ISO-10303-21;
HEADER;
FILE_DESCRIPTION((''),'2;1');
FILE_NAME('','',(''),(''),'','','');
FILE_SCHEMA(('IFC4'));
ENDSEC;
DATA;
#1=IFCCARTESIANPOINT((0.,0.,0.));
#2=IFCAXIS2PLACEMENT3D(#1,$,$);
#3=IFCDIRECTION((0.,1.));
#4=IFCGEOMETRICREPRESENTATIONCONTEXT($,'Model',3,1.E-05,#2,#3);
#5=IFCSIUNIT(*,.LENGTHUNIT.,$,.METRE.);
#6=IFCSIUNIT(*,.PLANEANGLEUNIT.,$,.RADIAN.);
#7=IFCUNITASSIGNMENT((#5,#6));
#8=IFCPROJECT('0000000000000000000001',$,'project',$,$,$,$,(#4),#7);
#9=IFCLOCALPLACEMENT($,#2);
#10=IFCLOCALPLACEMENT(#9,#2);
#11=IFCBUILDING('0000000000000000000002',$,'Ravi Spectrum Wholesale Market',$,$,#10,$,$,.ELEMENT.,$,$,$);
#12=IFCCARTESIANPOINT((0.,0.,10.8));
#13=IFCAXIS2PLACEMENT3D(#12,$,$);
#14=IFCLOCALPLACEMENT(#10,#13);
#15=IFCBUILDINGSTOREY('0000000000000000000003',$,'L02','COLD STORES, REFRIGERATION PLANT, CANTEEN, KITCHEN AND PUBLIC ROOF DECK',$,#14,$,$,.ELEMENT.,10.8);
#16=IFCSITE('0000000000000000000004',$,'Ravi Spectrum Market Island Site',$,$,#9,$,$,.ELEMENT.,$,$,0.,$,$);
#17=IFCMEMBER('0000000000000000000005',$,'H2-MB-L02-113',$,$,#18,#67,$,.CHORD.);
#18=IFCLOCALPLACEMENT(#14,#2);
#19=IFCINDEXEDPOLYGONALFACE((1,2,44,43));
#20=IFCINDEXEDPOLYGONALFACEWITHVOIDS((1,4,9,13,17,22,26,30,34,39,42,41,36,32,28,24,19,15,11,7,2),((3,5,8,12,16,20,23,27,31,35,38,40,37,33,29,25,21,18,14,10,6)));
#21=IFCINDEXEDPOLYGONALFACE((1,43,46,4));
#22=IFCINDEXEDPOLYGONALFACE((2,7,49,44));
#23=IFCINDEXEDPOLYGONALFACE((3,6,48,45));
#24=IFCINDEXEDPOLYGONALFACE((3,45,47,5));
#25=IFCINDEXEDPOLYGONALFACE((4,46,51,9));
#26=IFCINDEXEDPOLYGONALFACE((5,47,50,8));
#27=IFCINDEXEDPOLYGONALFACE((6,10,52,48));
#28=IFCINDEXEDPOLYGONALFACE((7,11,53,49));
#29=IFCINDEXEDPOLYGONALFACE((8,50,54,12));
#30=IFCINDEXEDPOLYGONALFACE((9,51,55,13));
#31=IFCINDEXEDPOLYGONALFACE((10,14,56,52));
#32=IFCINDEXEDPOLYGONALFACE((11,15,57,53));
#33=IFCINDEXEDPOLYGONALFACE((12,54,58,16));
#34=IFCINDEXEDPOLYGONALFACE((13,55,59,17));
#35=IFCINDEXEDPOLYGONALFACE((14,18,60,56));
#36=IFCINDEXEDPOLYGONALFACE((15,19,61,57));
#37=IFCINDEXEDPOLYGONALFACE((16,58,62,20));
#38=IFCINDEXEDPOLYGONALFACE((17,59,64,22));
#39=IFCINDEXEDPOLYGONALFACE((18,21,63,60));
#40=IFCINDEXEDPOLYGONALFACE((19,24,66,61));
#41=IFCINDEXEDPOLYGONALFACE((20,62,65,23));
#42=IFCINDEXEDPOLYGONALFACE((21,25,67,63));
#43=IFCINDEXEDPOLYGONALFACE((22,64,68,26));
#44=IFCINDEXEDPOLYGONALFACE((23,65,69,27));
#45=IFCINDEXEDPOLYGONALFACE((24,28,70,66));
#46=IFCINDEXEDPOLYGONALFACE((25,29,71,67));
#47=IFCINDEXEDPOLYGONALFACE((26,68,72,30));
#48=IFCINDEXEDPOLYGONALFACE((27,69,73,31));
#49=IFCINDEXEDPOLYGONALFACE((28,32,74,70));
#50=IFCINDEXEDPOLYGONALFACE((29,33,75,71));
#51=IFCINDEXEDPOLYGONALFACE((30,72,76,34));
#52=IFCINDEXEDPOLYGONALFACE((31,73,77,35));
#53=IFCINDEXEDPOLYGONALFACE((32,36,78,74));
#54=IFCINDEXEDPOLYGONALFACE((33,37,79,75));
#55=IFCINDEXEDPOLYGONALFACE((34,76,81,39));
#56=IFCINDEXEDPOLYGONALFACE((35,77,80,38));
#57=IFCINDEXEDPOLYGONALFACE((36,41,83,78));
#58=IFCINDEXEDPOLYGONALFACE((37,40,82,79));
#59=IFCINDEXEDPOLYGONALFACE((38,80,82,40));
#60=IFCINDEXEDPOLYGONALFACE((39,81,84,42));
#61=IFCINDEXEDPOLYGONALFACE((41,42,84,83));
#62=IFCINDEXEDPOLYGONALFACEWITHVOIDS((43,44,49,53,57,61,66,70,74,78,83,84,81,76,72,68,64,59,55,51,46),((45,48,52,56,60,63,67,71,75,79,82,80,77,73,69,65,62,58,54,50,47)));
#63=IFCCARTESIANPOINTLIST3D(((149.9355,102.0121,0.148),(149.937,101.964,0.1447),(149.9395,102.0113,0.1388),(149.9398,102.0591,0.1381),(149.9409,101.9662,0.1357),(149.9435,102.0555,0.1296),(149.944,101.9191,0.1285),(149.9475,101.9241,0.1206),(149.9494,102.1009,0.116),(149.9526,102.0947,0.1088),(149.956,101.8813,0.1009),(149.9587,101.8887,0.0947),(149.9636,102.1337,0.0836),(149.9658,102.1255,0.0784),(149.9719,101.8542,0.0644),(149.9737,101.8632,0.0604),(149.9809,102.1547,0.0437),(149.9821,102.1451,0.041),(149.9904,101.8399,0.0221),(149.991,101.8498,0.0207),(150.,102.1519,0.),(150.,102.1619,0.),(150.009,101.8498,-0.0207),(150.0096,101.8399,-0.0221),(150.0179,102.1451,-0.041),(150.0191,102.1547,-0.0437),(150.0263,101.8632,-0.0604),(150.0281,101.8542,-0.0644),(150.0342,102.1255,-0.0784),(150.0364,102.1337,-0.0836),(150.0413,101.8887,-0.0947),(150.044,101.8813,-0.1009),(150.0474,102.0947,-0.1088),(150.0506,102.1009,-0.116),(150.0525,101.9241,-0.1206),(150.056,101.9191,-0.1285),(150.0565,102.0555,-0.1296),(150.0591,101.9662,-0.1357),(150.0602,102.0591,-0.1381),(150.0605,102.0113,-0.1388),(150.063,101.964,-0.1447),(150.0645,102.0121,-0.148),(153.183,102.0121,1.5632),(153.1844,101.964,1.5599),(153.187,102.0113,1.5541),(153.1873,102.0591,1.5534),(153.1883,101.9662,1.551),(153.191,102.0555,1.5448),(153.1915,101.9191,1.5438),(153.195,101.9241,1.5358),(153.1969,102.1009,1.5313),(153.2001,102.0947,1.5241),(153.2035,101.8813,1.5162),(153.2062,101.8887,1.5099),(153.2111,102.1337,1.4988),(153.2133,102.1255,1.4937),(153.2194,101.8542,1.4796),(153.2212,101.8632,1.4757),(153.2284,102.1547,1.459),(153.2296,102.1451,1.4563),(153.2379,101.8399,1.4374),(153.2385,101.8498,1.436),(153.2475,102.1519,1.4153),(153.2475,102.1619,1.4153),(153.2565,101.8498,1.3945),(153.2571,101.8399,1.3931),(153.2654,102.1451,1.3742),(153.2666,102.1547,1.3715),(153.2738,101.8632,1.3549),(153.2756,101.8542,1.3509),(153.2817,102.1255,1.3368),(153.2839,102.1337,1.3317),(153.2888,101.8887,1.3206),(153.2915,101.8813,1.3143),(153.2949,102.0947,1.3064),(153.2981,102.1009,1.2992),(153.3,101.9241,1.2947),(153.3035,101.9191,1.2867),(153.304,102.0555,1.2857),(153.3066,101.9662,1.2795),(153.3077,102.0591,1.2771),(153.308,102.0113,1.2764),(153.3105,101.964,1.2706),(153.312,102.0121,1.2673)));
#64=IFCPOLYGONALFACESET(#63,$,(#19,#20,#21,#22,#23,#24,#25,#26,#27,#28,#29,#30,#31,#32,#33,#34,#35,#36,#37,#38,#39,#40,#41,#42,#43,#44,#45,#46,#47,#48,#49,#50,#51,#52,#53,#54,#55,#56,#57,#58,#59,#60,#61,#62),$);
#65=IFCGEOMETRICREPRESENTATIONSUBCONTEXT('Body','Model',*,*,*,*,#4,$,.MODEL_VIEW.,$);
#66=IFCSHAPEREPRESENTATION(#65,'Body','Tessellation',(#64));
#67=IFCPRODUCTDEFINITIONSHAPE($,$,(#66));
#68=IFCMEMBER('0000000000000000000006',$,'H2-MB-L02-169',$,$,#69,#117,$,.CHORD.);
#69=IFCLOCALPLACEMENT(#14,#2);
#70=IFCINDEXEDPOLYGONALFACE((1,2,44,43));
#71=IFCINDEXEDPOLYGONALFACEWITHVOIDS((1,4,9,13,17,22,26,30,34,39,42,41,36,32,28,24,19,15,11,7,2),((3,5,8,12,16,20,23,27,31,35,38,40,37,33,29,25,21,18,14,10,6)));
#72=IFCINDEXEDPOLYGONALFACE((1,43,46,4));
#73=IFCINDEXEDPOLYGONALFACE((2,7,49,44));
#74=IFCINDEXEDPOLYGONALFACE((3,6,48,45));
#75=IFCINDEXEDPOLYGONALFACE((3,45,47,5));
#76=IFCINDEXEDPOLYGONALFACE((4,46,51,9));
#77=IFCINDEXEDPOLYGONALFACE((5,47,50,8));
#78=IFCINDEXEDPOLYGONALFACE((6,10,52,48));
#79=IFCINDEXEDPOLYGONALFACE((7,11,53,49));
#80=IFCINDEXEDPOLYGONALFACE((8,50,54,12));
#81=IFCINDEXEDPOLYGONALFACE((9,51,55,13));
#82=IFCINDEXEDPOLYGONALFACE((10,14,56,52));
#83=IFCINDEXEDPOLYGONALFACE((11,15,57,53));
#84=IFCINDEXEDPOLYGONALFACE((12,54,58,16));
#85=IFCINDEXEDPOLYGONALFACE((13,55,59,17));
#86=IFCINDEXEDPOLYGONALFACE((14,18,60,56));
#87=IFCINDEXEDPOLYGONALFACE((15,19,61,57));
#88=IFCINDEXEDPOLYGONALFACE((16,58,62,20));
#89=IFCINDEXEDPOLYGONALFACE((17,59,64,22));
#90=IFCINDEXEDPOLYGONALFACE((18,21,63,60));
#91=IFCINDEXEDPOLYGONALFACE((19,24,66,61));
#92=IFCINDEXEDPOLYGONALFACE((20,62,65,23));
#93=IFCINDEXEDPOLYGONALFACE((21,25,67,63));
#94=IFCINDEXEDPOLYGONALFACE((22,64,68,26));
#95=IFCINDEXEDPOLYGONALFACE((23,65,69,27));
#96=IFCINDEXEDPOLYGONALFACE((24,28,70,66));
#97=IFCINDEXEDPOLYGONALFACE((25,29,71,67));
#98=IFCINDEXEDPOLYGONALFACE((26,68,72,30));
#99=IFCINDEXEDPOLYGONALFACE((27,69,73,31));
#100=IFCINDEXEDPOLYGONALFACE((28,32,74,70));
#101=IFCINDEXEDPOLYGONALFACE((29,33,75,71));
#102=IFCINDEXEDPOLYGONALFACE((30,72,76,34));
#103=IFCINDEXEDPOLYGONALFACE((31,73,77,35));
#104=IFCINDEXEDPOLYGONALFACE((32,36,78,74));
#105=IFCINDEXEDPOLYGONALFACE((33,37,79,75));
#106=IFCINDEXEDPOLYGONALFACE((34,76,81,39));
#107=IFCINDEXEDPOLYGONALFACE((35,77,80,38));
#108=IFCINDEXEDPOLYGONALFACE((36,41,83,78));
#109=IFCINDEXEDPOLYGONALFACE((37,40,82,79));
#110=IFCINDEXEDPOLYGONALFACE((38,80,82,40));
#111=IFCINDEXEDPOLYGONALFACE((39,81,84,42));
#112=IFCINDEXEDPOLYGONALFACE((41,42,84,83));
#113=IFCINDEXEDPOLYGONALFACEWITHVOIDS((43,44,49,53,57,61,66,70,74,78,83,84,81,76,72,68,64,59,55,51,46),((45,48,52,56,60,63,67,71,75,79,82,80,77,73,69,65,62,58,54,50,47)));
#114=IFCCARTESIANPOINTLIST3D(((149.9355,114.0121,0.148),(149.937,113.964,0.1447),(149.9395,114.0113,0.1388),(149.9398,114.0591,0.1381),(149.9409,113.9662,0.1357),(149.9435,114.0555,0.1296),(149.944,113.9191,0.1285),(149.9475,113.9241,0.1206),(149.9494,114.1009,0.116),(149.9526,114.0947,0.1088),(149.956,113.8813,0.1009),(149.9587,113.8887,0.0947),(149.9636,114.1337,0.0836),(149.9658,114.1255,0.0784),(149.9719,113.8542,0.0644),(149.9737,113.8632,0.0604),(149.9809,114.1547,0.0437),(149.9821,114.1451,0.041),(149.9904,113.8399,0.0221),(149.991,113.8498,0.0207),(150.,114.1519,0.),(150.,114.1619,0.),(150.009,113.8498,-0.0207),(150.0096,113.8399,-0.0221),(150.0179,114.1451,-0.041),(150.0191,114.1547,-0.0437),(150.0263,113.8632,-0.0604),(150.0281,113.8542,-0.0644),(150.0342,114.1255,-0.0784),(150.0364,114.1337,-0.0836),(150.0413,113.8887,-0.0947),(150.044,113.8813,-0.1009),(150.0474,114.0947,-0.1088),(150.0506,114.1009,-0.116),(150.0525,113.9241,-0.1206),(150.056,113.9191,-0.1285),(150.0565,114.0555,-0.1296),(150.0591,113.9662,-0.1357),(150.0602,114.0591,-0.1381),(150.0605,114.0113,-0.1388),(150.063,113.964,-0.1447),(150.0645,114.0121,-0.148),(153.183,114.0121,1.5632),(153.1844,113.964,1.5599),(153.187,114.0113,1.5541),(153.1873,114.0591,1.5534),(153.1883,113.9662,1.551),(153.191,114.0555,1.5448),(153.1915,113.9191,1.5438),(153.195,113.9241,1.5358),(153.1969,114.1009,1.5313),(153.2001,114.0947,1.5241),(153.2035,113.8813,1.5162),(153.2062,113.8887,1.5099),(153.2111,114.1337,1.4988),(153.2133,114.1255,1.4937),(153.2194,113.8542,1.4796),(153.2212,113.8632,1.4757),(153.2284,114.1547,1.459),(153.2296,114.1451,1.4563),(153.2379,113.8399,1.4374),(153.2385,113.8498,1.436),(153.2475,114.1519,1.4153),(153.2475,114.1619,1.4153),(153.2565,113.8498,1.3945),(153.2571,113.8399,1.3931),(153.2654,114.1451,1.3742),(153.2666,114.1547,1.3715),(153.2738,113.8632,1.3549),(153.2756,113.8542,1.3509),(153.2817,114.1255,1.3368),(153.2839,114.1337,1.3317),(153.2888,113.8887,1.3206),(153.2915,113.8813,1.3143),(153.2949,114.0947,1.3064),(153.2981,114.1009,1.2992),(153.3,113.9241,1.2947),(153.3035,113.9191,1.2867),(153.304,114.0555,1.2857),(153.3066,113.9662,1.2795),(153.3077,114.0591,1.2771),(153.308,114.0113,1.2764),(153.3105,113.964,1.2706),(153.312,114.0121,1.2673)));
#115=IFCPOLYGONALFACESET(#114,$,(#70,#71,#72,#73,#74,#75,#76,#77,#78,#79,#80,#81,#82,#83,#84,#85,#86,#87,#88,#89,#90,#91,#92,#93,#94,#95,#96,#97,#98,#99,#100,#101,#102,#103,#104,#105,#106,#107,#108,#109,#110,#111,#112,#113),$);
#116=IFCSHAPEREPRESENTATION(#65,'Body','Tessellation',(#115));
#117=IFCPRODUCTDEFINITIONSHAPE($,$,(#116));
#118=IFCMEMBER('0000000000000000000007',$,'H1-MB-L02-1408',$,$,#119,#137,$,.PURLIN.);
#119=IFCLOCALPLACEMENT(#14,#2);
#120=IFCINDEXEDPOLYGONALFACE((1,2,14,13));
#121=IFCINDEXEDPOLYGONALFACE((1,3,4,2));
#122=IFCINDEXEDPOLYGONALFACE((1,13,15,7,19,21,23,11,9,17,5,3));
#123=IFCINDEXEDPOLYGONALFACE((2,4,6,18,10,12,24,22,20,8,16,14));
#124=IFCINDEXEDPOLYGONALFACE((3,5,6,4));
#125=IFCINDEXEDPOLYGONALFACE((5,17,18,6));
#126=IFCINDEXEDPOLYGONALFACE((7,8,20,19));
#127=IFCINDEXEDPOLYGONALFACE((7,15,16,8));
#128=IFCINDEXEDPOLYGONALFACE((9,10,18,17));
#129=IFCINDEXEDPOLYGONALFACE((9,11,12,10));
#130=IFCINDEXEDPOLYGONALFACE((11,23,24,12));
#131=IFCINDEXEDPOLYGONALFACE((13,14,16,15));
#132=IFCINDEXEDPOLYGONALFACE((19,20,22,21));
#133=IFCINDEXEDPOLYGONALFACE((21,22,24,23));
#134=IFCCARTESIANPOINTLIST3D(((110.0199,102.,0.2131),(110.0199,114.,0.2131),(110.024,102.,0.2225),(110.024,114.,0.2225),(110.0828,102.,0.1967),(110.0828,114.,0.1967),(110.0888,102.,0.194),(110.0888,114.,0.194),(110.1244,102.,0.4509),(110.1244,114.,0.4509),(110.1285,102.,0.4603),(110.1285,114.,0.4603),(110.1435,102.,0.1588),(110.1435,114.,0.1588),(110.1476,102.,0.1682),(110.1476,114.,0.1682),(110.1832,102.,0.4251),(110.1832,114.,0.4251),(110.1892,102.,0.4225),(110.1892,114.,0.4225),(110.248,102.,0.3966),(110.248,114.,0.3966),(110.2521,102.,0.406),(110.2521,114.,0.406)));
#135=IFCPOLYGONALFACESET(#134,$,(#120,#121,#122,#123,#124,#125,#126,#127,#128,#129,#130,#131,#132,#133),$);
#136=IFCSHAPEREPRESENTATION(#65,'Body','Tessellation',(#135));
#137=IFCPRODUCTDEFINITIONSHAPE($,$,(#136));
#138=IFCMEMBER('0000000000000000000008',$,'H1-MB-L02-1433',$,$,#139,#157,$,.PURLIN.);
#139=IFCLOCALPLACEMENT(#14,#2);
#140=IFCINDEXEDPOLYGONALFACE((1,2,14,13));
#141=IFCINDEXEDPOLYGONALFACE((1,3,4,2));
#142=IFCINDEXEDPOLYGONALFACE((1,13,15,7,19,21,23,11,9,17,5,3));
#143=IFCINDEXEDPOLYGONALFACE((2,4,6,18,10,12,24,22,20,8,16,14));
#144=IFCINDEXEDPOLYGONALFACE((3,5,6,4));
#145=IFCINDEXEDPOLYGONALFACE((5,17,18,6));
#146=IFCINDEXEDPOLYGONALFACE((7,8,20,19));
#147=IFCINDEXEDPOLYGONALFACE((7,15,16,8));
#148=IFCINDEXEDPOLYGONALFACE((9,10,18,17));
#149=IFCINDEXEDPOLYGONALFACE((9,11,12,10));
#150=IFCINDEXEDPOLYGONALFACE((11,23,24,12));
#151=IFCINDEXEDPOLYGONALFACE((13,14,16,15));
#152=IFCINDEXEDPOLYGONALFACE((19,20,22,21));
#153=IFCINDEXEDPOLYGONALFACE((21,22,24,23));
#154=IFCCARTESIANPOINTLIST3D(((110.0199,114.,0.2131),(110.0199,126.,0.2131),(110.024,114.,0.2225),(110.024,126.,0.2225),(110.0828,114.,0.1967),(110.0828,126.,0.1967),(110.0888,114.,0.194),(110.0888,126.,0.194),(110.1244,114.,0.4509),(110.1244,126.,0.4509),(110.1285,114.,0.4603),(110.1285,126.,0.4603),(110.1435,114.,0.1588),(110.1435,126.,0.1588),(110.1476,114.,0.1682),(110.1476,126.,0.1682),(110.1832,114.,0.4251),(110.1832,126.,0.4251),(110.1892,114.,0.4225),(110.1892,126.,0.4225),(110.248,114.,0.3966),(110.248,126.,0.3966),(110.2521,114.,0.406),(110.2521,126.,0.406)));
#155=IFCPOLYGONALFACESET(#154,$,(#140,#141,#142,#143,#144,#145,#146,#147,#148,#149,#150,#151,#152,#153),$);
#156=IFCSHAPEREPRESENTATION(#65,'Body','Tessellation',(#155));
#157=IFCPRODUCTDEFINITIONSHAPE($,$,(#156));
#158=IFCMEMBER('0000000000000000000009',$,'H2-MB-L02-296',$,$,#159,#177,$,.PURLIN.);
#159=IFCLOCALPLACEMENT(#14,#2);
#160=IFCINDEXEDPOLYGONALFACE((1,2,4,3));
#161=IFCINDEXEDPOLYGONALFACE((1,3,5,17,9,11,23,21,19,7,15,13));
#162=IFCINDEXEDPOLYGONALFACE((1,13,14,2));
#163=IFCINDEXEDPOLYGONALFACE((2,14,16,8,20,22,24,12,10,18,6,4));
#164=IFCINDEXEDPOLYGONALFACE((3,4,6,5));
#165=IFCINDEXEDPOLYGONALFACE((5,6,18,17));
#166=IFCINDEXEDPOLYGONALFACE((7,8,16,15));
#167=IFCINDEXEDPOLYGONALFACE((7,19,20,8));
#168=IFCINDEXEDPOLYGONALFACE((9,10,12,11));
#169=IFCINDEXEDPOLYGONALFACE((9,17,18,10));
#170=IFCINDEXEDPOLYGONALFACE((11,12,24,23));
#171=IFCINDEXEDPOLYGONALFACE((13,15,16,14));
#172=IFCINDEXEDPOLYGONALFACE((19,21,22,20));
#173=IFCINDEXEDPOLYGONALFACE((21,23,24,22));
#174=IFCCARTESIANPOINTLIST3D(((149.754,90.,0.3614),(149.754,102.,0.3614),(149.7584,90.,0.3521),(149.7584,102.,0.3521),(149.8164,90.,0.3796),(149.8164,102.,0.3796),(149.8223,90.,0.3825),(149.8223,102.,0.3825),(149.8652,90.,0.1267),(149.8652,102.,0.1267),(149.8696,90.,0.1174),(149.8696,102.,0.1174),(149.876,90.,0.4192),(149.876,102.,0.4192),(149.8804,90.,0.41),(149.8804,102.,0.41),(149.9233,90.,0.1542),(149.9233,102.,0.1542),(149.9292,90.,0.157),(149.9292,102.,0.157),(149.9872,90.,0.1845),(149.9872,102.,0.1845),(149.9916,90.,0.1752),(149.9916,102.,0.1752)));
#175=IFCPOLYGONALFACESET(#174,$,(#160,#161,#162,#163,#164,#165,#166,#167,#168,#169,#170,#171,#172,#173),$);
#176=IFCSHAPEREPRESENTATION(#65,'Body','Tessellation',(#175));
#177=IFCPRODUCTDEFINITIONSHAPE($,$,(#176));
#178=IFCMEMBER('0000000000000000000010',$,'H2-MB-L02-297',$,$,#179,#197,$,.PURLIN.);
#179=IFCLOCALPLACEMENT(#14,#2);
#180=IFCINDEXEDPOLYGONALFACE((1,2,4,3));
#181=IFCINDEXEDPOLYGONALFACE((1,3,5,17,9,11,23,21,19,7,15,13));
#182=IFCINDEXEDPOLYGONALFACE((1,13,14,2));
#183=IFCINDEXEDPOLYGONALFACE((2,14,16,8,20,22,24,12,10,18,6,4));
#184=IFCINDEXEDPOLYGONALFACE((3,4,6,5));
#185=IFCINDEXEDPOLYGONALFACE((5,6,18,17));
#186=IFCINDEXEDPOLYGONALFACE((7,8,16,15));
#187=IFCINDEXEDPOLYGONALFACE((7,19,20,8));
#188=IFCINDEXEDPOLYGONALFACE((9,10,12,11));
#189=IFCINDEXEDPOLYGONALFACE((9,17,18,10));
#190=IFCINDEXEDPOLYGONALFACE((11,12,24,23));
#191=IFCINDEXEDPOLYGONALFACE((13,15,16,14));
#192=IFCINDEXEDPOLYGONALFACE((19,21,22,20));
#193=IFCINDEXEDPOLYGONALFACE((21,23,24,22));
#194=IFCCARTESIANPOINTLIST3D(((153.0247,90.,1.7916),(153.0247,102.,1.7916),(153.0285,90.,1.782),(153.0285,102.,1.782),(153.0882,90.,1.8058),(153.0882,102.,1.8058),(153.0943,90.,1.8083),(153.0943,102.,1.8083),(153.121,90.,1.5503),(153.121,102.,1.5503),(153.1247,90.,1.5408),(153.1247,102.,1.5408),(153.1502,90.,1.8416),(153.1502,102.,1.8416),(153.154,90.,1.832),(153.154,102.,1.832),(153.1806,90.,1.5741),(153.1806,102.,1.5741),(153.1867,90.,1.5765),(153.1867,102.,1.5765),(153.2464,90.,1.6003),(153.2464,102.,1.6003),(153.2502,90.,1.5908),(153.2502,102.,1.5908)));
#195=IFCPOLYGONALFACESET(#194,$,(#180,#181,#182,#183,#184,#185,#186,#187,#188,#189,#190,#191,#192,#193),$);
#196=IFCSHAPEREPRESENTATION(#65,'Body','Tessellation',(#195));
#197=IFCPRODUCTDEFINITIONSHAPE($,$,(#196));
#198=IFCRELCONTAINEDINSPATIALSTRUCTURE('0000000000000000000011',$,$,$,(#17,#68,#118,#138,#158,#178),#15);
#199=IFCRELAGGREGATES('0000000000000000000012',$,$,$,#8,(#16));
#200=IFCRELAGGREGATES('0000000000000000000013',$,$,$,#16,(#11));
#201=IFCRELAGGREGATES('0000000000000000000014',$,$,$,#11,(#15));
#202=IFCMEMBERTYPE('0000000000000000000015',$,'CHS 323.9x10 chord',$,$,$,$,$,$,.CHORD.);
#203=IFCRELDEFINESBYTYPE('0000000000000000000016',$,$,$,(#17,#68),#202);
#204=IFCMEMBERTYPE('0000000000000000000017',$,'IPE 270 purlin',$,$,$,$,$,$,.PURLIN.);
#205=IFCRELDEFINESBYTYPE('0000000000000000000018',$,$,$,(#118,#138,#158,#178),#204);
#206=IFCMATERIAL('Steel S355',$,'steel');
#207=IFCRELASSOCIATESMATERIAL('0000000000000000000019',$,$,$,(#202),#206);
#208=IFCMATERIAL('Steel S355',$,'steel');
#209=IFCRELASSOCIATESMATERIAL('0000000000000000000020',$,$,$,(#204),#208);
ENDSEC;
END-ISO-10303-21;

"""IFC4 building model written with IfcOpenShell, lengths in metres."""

from ifc_helpers import new_model, si_unit, direction, frame, origin, origin_2d, place, context, subcontext, project, spatial, hollow_circle, i_section, extrude, material, material_profile, profile_set, type_object, element, save


model = new_model("IFC4")

# Units and contexts
model_context = context("Model", 3, precision=1e-05, world=origin(), true_north=direction((0.0, 1.0)))
body_context = subcontext(model_context, "Body", "Model", "MODEL_VIEW")
ifc_project = project(units=[si_unit("LENGTHUNIT", "METRE"), si_unit("PLANEANGLEUNIT", "RADIAN")], contexts=[model_context])

# Site, building, storey
site_placement = place(None, origin())
site = spatial("IfcSite", under=ifc_project, at=site_placement, Name="Ravi Spectrum Market Island Site", CompositionType="ELEMENT", RefElevation=0.0)
building_placement = place(site_placement, origin())
building = spatial("IfcBuilding", under=site, at=building_placement, Name="Ravi Spectrum Wholesale Market", CompositionType="ELEMENT")
storey_placement = place(building_placement, frame((0.0, 0.0, 10.8)))
storey = spatial("IfcBuildingStorey", under=building, at=storey_placement, Name="L02", Description="COLD STORES, REFRIGERATION PLANT, CANTEEN, KITCHEN AND PUBLIC ROOF DECK", CompositionType="ELEMENT", Elevation=10.8)

# Members
ifc_material_1 = material(Name="Steel S355", Category="steel")
ifc_material_profile_1 = material_profile(ifc_material_1, hollow_circle(Radius=0.1619, WallThickness=0.01, at=origin_2d()))
ifc_profile_set_1 = profile_set([ifc_material_profile_1], Name="Steel S355")
member_type_1 = type_object("IfcMemberType", Name="CHS 323.9x10 chord", PredefinedType="CHORD", material=ifc_profile_set_1)
for number, where, z_axis, x_axis, name in (
    (1, (150.0, 102.0, 0.0), (0.916729, 0.0, 0.39951), (0.0, 1.0, 0.0), "H2-MB-L02-113"),
    (2, (150.0, 114.0, 0.0), (0.916729, 0.0, 0.39951), (0.0, 1.0, 0.0), "H2-MB-L02-169"),
):
    element("IfcMember", number, at=place(storey_placement, frame(where, z_axis=z_axis, x_axis=x_axis)), inside=storey, type_object=member_type_1, Name=name, PredefinedType="CHORD", context=body_context, shape_type="SweptSolid", body=[
        extrude(hollow_circle(Radius=0.1619, WallThickness=0.01, at=origin_2d()), origin(), (0.0, 0.0, 1.0), 3.5425),
    ])
ifc_material_2 = material(Name="Steel S355", Category="steel")
ifc_material_profile_2 = material_profile(ifc_material_2, i_section(OverallWidth=0.135, OverallDepth=0.27, WebThickness=0.0066, FlangeThickness=0.0103, at=origin_2d()))
ifc_profile_set_2 = profile_set([ifc_material_profile_2], Name="Steel S355")
member_type_2 = type_object("IfcMemberType", Name="IPE 270 purlin", PredefinedType="PURLIN", material=ifc_profile_set_2)
for number, where, z_axis, x_axis, name in (
    (3, (110.136, 102.0, 0.3096), (0.0, 1.0, 0.0), (-0.915525, 0.0, 0.40226), "H1-MB-L02-1408"),
    (4, (110.136, 114.0, 0.3096), (0.0, 1.0, 0.0), (-0.915525, 0.0, 0.40226), "H1-MB-L02-1433"),
    (5, (149.8728, 90.0, 0.2683), (0.0, 1.0, 0.0), (-0.903629, 0.0, -0.428316), "H2-MB-L02-296"),
    (6, (153.1375, 90.0, 1.6912), (0.0, 1.0, 0.0), (-0.928888, 0.0, -0.37036), "H2-MB-L02-297"),
):
    element("IfcMember", number, at=place(storey_placement, frame(where, z_axis=z_axis, x_axis=x_axis)), inside=storey, type_object=member_type_2, Name=name, PredefinedType="PURLIN", context=body_context, shape_type="SweptSolid", body=[
        extrude(i_section(OverallWidth=0.135, OverallDepth=0.27, WebThickness=0.0066, FlangeThickness=0.0103, at=origin_2d()), origin(), (0.0, 0.0, 1.0), 12.0),
    ])

save(model, "model.ifc")
